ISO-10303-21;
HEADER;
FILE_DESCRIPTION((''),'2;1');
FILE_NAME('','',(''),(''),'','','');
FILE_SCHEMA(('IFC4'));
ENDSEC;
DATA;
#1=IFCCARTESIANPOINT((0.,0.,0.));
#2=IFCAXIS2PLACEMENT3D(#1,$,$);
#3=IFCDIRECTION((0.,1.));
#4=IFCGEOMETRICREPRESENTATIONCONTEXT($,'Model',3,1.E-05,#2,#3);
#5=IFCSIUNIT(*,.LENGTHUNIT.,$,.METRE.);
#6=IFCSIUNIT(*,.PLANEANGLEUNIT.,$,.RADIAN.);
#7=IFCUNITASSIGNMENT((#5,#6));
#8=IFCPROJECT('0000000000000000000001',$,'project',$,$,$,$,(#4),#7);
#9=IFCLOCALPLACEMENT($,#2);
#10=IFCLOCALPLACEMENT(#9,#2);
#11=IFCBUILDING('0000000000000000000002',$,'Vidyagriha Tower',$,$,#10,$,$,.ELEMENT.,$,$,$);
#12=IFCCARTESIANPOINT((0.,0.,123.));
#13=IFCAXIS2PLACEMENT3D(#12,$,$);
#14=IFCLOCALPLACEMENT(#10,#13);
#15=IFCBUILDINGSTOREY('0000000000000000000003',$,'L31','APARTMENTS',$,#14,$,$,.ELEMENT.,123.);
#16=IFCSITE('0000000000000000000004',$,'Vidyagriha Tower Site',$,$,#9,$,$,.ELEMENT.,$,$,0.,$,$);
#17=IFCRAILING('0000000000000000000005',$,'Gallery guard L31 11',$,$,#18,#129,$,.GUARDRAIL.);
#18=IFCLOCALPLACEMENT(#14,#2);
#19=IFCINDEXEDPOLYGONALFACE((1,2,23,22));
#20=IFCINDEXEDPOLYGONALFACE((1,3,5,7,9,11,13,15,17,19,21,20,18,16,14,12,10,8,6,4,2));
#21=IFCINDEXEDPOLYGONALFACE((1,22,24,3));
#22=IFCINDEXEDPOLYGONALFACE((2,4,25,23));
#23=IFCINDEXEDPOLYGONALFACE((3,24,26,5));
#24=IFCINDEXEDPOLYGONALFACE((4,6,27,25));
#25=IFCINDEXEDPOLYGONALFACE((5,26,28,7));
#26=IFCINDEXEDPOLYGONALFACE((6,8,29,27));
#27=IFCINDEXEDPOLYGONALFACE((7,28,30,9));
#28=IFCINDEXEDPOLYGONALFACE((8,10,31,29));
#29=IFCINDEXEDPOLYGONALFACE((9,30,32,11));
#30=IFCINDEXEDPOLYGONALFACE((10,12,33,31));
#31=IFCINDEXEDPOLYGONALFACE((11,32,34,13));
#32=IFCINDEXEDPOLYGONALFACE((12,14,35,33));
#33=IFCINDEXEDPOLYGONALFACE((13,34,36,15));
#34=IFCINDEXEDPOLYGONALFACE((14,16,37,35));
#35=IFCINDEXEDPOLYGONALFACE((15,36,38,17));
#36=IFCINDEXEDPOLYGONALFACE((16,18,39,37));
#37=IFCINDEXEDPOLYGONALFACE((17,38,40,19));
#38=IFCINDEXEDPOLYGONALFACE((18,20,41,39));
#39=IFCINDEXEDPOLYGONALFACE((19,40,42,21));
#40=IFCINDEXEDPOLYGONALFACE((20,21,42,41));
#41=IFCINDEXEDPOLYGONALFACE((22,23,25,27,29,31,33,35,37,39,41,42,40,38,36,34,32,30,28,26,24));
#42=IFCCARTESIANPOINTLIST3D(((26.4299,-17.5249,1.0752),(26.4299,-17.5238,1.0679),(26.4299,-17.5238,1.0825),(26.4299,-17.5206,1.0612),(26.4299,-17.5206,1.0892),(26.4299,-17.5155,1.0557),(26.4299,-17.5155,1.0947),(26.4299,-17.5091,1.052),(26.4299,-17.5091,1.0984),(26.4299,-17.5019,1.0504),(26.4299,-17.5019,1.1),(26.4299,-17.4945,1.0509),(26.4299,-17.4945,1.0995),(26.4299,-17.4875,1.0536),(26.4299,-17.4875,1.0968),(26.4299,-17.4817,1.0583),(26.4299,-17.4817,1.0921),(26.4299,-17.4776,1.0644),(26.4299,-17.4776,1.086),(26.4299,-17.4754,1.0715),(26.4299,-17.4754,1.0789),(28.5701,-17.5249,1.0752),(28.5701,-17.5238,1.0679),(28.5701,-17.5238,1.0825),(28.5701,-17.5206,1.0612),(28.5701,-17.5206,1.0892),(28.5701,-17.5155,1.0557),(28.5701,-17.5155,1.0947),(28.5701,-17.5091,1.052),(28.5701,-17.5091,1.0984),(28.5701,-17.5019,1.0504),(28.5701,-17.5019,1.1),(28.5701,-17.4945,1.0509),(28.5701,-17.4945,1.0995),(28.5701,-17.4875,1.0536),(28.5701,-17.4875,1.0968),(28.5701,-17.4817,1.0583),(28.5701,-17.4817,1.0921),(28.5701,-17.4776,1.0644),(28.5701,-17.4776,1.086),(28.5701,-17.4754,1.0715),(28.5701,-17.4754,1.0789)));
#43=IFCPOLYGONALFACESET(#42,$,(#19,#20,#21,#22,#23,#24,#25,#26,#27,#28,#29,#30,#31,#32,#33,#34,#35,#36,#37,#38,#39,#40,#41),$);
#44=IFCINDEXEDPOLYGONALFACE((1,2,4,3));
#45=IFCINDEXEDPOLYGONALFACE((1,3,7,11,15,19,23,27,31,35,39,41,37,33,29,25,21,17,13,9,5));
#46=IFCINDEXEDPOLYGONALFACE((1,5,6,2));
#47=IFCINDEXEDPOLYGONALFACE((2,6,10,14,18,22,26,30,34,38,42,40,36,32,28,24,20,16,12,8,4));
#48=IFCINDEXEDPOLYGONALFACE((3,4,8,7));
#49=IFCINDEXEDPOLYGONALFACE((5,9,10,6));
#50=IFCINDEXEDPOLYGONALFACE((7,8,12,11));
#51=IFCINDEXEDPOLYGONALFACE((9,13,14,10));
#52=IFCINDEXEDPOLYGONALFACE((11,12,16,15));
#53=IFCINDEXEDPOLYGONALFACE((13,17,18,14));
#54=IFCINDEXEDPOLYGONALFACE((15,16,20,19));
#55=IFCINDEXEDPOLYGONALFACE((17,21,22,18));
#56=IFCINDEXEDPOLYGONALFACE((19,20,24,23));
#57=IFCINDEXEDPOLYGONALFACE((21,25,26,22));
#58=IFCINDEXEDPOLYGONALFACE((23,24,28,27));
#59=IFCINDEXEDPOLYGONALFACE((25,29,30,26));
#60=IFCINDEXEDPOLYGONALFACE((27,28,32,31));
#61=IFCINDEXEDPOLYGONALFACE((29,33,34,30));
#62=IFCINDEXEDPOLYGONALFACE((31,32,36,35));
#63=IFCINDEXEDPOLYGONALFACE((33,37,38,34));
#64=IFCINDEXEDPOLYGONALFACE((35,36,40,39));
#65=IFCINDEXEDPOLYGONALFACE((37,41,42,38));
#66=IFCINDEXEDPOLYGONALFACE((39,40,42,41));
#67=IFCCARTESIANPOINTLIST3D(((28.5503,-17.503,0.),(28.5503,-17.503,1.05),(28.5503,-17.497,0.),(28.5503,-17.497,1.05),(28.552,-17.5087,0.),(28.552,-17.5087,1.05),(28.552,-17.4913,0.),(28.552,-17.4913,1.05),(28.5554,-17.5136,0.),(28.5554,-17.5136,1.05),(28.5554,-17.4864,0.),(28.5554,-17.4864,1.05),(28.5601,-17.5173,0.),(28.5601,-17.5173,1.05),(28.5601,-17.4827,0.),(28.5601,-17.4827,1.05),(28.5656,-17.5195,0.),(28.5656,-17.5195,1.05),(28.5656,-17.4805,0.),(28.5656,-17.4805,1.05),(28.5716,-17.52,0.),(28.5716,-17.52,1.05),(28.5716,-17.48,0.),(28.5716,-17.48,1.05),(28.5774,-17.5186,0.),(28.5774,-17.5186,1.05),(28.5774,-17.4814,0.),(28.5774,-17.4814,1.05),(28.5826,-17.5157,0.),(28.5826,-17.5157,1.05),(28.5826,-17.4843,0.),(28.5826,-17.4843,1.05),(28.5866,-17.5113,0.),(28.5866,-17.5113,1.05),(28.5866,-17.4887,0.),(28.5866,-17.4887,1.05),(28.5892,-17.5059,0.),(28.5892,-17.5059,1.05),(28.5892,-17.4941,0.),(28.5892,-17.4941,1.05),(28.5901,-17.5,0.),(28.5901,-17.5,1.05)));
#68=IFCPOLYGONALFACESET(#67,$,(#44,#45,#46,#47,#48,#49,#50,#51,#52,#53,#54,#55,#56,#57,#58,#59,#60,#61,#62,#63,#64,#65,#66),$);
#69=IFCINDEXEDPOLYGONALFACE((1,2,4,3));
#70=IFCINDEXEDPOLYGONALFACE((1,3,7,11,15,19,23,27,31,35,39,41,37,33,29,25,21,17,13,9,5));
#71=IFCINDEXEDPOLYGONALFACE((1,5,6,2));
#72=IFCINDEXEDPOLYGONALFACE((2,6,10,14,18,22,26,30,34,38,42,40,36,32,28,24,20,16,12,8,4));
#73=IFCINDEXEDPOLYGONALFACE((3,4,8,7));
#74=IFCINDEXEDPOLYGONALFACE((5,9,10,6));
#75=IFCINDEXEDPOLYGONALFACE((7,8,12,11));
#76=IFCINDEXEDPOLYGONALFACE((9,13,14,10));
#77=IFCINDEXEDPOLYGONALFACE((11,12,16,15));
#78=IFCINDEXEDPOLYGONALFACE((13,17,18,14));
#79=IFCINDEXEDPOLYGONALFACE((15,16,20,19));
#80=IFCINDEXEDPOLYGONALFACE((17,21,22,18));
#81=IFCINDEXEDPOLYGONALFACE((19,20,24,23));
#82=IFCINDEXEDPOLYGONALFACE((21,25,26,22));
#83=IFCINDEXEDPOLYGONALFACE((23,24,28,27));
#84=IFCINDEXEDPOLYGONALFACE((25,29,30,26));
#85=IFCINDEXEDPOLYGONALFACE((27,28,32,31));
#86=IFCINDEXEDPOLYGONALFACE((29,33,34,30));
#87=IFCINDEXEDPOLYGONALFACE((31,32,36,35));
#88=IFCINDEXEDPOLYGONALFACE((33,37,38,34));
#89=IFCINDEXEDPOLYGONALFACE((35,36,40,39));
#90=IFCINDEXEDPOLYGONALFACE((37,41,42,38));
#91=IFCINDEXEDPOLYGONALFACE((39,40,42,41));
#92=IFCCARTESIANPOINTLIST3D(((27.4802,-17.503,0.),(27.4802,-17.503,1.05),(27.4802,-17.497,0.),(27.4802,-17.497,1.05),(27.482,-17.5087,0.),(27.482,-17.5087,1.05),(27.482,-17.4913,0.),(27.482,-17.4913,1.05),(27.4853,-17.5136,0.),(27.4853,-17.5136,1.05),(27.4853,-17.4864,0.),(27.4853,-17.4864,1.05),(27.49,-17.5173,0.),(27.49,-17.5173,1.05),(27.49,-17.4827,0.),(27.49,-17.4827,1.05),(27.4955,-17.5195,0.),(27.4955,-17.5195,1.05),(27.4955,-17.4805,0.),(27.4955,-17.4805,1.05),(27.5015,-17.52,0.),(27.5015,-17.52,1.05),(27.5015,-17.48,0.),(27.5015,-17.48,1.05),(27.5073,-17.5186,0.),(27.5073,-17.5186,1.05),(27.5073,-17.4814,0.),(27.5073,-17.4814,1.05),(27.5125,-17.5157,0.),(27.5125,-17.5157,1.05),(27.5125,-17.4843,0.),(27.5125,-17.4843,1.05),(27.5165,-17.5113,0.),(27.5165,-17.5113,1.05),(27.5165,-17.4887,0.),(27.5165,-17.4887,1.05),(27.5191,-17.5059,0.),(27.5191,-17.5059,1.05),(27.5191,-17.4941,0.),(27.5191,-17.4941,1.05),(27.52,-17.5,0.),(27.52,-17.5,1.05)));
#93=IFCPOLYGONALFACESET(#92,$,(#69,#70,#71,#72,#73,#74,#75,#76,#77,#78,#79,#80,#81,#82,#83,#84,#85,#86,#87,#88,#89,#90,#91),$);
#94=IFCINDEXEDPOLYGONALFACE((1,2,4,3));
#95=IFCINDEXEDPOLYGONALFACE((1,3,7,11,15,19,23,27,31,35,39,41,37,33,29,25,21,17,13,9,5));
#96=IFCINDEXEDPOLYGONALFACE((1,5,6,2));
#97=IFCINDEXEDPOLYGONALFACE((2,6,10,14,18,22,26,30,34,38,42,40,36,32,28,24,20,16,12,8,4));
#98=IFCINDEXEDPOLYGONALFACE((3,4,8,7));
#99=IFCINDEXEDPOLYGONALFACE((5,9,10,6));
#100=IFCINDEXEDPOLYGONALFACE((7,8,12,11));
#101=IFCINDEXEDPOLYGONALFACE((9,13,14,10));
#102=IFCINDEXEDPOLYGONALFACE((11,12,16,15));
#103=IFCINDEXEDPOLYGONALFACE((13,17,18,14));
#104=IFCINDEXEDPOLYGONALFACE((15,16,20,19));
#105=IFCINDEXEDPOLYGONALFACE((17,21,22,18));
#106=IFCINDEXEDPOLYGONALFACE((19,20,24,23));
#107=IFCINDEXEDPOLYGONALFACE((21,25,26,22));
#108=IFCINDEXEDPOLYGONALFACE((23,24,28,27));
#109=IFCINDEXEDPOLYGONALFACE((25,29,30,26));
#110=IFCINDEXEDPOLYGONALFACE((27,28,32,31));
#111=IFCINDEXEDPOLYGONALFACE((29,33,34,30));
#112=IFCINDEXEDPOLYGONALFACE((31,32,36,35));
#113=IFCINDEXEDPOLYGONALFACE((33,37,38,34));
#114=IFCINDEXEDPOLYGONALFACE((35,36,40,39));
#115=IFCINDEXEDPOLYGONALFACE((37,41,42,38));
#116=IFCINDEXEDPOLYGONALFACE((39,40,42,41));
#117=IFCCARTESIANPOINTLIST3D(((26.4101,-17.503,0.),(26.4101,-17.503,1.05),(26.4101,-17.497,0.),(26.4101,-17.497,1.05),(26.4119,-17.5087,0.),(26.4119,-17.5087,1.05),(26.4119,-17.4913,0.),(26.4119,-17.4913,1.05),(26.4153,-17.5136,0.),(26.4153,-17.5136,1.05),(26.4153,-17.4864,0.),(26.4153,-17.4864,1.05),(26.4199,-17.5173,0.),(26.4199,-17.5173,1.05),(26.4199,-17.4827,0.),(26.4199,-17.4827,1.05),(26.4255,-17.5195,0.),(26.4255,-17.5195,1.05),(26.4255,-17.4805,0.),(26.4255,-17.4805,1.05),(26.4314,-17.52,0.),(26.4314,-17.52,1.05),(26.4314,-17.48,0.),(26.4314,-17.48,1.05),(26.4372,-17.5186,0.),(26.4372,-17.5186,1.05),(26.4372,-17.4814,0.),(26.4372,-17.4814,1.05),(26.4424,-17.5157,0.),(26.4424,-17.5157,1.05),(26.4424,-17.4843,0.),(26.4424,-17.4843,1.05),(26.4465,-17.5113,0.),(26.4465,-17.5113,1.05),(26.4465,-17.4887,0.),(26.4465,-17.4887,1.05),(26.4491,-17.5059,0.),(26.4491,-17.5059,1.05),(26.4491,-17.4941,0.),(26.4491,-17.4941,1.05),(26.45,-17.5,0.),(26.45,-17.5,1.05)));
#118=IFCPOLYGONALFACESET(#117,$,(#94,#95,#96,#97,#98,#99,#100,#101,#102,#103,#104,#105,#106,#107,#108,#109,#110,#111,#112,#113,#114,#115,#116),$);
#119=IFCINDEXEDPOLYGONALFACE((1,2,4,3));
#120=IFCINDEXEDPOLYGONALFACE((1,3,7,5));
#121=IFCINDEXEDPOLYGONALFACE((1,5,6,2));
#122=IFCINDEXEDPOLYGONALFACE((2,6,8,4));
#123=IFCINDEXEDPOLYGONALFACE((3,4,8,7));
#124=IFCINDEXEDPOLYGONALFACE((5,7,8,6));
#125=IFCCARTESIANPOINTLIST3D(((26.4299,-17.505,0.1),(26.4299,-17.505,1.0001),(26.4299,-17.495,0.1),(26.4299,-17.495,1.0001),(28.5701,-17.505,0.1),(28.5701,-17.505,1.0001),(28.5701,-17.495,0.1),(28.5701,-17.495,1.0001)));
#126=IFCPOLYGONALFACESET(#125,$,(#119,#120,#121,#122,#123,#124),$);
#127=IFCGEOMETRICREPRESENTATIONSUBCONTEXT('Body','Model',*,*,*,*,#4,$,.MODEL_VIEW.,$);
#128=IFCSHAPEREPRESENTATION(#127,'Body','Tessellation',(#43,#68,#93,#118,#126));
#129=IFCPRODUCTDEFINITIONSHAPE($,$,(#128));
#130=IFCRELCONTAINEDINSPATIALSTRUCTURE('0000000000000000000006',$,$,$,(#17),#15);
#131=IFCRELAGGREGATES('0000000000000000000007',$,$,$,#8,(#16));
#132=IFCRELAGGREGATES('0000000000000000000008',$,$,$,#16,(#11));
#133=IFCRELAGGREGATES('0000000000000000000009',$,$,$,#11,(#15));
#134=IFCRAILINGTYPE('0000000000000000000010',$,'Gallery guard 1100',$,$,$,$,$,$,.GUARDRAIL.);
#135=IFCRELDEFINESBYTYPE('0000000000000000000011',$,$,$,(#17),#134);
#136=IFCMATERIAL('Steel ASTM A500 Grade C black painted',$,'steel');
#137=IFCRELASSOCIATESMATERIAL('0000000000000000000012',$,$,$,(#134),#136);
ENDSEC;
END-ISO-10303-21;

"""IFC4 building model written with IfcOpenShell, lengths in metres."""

from ifc_helpers import new_model, si_unit, direction, frame, origin, origin_2d, place, context, subcontext, project, spatial, rectangle, circle, extrude, material, type_object, element, save


model = new_model("IFC4")

# Units and contexts
model_context = context("Model", 3, precision=1e-05, world=origin(), true_north=direction((0.0, 1.0)))
body_context = subcontext(model_context, "Body", "Model", "MODEL_VIEW")
ifc_project = project(units=[si_unit("LENGTHUNIT", "METRE"), si_unit("PLANEANGLEUNIT", "RADIAN")], contexts=[model_context])

# Site, building, storey
site_placement = place(None, origin())
site = spatial("IfcSite", under=ifc_project, at=site_placement, Name="Vidyagriha Tower Site", CompositionType="ELEMENT", RefElevation=0.0)
building_placement = place(site_placement, origin())
building = spatial("IfcBuilding", under=site, at=building_placement, Name="Vidyagriha Tower", CompositionType="ELEMENT")
storey_placement = place(building_placement, frame((0.0, 0.0, 123.0)))
storey = spatial("IfcBuildingStorey", under=building, at=storey_placement, Name="L31", Description="APARTMENTS", CompositionType="ELEMENT", Elevation=123.0)

# Railing
ifc_material_1 = material(Name="Steel ASTM A500 Grade C black painted", Category="steel")
railing_type_1 = type_object("IfcRailingType", Name="Gallery guard 1100", PredefinedType="GUARDRAIL", material=ifc_material_1)
railing_1_placement = place(storey_placement, frame((28.5701, -17.5, 0.0)))
element("IfcRailing", 1, at=railing_1_placement, inside=storey, type_object=railing_type_1, Name="Gallery guard L31 11", PredefinedType="GUARDRAIL", context=body_context, shape_type="SweptSolid", body=[
    extrude(circle(Radius=0.0249, at=origin_2d()), frame((0.0, 0.0, 1.0752), z_axis=(-1.0, 0.0, 0.0), x_axis=(0.0, -1.0, 0.0)), (0.0, 0.0, 1.0), 2.1401),
    extrude(circle(Radius=0.02, at=origin_2d()), origin(), (0.0, 0.0, 1.0), 1.05),
    extrude(circle(Radius=0.02, at=origin_2d()), frame((-1.0701, 0.0, 0.0)), (0.0, 0.0, 1.0), 1.05),
    extrude(circle(Radius=0.02, at=origin_2d()), frame((-2.1401, 0.0, 0.0)), (0.0, 0.0, 1.0), 1.05),
    extrude(rectangle(XDim=0.01, YDim=0.9001, at=origin_2d()), frame((0.0, 0.0, 0.55), z_axis=(-1.0, 0.0, 0.0), x_axis=(0.0, -1.0, 0.0)), (0.0, 0.0, 1.0), 2.1401),
])

save(model, "model.ifc")
